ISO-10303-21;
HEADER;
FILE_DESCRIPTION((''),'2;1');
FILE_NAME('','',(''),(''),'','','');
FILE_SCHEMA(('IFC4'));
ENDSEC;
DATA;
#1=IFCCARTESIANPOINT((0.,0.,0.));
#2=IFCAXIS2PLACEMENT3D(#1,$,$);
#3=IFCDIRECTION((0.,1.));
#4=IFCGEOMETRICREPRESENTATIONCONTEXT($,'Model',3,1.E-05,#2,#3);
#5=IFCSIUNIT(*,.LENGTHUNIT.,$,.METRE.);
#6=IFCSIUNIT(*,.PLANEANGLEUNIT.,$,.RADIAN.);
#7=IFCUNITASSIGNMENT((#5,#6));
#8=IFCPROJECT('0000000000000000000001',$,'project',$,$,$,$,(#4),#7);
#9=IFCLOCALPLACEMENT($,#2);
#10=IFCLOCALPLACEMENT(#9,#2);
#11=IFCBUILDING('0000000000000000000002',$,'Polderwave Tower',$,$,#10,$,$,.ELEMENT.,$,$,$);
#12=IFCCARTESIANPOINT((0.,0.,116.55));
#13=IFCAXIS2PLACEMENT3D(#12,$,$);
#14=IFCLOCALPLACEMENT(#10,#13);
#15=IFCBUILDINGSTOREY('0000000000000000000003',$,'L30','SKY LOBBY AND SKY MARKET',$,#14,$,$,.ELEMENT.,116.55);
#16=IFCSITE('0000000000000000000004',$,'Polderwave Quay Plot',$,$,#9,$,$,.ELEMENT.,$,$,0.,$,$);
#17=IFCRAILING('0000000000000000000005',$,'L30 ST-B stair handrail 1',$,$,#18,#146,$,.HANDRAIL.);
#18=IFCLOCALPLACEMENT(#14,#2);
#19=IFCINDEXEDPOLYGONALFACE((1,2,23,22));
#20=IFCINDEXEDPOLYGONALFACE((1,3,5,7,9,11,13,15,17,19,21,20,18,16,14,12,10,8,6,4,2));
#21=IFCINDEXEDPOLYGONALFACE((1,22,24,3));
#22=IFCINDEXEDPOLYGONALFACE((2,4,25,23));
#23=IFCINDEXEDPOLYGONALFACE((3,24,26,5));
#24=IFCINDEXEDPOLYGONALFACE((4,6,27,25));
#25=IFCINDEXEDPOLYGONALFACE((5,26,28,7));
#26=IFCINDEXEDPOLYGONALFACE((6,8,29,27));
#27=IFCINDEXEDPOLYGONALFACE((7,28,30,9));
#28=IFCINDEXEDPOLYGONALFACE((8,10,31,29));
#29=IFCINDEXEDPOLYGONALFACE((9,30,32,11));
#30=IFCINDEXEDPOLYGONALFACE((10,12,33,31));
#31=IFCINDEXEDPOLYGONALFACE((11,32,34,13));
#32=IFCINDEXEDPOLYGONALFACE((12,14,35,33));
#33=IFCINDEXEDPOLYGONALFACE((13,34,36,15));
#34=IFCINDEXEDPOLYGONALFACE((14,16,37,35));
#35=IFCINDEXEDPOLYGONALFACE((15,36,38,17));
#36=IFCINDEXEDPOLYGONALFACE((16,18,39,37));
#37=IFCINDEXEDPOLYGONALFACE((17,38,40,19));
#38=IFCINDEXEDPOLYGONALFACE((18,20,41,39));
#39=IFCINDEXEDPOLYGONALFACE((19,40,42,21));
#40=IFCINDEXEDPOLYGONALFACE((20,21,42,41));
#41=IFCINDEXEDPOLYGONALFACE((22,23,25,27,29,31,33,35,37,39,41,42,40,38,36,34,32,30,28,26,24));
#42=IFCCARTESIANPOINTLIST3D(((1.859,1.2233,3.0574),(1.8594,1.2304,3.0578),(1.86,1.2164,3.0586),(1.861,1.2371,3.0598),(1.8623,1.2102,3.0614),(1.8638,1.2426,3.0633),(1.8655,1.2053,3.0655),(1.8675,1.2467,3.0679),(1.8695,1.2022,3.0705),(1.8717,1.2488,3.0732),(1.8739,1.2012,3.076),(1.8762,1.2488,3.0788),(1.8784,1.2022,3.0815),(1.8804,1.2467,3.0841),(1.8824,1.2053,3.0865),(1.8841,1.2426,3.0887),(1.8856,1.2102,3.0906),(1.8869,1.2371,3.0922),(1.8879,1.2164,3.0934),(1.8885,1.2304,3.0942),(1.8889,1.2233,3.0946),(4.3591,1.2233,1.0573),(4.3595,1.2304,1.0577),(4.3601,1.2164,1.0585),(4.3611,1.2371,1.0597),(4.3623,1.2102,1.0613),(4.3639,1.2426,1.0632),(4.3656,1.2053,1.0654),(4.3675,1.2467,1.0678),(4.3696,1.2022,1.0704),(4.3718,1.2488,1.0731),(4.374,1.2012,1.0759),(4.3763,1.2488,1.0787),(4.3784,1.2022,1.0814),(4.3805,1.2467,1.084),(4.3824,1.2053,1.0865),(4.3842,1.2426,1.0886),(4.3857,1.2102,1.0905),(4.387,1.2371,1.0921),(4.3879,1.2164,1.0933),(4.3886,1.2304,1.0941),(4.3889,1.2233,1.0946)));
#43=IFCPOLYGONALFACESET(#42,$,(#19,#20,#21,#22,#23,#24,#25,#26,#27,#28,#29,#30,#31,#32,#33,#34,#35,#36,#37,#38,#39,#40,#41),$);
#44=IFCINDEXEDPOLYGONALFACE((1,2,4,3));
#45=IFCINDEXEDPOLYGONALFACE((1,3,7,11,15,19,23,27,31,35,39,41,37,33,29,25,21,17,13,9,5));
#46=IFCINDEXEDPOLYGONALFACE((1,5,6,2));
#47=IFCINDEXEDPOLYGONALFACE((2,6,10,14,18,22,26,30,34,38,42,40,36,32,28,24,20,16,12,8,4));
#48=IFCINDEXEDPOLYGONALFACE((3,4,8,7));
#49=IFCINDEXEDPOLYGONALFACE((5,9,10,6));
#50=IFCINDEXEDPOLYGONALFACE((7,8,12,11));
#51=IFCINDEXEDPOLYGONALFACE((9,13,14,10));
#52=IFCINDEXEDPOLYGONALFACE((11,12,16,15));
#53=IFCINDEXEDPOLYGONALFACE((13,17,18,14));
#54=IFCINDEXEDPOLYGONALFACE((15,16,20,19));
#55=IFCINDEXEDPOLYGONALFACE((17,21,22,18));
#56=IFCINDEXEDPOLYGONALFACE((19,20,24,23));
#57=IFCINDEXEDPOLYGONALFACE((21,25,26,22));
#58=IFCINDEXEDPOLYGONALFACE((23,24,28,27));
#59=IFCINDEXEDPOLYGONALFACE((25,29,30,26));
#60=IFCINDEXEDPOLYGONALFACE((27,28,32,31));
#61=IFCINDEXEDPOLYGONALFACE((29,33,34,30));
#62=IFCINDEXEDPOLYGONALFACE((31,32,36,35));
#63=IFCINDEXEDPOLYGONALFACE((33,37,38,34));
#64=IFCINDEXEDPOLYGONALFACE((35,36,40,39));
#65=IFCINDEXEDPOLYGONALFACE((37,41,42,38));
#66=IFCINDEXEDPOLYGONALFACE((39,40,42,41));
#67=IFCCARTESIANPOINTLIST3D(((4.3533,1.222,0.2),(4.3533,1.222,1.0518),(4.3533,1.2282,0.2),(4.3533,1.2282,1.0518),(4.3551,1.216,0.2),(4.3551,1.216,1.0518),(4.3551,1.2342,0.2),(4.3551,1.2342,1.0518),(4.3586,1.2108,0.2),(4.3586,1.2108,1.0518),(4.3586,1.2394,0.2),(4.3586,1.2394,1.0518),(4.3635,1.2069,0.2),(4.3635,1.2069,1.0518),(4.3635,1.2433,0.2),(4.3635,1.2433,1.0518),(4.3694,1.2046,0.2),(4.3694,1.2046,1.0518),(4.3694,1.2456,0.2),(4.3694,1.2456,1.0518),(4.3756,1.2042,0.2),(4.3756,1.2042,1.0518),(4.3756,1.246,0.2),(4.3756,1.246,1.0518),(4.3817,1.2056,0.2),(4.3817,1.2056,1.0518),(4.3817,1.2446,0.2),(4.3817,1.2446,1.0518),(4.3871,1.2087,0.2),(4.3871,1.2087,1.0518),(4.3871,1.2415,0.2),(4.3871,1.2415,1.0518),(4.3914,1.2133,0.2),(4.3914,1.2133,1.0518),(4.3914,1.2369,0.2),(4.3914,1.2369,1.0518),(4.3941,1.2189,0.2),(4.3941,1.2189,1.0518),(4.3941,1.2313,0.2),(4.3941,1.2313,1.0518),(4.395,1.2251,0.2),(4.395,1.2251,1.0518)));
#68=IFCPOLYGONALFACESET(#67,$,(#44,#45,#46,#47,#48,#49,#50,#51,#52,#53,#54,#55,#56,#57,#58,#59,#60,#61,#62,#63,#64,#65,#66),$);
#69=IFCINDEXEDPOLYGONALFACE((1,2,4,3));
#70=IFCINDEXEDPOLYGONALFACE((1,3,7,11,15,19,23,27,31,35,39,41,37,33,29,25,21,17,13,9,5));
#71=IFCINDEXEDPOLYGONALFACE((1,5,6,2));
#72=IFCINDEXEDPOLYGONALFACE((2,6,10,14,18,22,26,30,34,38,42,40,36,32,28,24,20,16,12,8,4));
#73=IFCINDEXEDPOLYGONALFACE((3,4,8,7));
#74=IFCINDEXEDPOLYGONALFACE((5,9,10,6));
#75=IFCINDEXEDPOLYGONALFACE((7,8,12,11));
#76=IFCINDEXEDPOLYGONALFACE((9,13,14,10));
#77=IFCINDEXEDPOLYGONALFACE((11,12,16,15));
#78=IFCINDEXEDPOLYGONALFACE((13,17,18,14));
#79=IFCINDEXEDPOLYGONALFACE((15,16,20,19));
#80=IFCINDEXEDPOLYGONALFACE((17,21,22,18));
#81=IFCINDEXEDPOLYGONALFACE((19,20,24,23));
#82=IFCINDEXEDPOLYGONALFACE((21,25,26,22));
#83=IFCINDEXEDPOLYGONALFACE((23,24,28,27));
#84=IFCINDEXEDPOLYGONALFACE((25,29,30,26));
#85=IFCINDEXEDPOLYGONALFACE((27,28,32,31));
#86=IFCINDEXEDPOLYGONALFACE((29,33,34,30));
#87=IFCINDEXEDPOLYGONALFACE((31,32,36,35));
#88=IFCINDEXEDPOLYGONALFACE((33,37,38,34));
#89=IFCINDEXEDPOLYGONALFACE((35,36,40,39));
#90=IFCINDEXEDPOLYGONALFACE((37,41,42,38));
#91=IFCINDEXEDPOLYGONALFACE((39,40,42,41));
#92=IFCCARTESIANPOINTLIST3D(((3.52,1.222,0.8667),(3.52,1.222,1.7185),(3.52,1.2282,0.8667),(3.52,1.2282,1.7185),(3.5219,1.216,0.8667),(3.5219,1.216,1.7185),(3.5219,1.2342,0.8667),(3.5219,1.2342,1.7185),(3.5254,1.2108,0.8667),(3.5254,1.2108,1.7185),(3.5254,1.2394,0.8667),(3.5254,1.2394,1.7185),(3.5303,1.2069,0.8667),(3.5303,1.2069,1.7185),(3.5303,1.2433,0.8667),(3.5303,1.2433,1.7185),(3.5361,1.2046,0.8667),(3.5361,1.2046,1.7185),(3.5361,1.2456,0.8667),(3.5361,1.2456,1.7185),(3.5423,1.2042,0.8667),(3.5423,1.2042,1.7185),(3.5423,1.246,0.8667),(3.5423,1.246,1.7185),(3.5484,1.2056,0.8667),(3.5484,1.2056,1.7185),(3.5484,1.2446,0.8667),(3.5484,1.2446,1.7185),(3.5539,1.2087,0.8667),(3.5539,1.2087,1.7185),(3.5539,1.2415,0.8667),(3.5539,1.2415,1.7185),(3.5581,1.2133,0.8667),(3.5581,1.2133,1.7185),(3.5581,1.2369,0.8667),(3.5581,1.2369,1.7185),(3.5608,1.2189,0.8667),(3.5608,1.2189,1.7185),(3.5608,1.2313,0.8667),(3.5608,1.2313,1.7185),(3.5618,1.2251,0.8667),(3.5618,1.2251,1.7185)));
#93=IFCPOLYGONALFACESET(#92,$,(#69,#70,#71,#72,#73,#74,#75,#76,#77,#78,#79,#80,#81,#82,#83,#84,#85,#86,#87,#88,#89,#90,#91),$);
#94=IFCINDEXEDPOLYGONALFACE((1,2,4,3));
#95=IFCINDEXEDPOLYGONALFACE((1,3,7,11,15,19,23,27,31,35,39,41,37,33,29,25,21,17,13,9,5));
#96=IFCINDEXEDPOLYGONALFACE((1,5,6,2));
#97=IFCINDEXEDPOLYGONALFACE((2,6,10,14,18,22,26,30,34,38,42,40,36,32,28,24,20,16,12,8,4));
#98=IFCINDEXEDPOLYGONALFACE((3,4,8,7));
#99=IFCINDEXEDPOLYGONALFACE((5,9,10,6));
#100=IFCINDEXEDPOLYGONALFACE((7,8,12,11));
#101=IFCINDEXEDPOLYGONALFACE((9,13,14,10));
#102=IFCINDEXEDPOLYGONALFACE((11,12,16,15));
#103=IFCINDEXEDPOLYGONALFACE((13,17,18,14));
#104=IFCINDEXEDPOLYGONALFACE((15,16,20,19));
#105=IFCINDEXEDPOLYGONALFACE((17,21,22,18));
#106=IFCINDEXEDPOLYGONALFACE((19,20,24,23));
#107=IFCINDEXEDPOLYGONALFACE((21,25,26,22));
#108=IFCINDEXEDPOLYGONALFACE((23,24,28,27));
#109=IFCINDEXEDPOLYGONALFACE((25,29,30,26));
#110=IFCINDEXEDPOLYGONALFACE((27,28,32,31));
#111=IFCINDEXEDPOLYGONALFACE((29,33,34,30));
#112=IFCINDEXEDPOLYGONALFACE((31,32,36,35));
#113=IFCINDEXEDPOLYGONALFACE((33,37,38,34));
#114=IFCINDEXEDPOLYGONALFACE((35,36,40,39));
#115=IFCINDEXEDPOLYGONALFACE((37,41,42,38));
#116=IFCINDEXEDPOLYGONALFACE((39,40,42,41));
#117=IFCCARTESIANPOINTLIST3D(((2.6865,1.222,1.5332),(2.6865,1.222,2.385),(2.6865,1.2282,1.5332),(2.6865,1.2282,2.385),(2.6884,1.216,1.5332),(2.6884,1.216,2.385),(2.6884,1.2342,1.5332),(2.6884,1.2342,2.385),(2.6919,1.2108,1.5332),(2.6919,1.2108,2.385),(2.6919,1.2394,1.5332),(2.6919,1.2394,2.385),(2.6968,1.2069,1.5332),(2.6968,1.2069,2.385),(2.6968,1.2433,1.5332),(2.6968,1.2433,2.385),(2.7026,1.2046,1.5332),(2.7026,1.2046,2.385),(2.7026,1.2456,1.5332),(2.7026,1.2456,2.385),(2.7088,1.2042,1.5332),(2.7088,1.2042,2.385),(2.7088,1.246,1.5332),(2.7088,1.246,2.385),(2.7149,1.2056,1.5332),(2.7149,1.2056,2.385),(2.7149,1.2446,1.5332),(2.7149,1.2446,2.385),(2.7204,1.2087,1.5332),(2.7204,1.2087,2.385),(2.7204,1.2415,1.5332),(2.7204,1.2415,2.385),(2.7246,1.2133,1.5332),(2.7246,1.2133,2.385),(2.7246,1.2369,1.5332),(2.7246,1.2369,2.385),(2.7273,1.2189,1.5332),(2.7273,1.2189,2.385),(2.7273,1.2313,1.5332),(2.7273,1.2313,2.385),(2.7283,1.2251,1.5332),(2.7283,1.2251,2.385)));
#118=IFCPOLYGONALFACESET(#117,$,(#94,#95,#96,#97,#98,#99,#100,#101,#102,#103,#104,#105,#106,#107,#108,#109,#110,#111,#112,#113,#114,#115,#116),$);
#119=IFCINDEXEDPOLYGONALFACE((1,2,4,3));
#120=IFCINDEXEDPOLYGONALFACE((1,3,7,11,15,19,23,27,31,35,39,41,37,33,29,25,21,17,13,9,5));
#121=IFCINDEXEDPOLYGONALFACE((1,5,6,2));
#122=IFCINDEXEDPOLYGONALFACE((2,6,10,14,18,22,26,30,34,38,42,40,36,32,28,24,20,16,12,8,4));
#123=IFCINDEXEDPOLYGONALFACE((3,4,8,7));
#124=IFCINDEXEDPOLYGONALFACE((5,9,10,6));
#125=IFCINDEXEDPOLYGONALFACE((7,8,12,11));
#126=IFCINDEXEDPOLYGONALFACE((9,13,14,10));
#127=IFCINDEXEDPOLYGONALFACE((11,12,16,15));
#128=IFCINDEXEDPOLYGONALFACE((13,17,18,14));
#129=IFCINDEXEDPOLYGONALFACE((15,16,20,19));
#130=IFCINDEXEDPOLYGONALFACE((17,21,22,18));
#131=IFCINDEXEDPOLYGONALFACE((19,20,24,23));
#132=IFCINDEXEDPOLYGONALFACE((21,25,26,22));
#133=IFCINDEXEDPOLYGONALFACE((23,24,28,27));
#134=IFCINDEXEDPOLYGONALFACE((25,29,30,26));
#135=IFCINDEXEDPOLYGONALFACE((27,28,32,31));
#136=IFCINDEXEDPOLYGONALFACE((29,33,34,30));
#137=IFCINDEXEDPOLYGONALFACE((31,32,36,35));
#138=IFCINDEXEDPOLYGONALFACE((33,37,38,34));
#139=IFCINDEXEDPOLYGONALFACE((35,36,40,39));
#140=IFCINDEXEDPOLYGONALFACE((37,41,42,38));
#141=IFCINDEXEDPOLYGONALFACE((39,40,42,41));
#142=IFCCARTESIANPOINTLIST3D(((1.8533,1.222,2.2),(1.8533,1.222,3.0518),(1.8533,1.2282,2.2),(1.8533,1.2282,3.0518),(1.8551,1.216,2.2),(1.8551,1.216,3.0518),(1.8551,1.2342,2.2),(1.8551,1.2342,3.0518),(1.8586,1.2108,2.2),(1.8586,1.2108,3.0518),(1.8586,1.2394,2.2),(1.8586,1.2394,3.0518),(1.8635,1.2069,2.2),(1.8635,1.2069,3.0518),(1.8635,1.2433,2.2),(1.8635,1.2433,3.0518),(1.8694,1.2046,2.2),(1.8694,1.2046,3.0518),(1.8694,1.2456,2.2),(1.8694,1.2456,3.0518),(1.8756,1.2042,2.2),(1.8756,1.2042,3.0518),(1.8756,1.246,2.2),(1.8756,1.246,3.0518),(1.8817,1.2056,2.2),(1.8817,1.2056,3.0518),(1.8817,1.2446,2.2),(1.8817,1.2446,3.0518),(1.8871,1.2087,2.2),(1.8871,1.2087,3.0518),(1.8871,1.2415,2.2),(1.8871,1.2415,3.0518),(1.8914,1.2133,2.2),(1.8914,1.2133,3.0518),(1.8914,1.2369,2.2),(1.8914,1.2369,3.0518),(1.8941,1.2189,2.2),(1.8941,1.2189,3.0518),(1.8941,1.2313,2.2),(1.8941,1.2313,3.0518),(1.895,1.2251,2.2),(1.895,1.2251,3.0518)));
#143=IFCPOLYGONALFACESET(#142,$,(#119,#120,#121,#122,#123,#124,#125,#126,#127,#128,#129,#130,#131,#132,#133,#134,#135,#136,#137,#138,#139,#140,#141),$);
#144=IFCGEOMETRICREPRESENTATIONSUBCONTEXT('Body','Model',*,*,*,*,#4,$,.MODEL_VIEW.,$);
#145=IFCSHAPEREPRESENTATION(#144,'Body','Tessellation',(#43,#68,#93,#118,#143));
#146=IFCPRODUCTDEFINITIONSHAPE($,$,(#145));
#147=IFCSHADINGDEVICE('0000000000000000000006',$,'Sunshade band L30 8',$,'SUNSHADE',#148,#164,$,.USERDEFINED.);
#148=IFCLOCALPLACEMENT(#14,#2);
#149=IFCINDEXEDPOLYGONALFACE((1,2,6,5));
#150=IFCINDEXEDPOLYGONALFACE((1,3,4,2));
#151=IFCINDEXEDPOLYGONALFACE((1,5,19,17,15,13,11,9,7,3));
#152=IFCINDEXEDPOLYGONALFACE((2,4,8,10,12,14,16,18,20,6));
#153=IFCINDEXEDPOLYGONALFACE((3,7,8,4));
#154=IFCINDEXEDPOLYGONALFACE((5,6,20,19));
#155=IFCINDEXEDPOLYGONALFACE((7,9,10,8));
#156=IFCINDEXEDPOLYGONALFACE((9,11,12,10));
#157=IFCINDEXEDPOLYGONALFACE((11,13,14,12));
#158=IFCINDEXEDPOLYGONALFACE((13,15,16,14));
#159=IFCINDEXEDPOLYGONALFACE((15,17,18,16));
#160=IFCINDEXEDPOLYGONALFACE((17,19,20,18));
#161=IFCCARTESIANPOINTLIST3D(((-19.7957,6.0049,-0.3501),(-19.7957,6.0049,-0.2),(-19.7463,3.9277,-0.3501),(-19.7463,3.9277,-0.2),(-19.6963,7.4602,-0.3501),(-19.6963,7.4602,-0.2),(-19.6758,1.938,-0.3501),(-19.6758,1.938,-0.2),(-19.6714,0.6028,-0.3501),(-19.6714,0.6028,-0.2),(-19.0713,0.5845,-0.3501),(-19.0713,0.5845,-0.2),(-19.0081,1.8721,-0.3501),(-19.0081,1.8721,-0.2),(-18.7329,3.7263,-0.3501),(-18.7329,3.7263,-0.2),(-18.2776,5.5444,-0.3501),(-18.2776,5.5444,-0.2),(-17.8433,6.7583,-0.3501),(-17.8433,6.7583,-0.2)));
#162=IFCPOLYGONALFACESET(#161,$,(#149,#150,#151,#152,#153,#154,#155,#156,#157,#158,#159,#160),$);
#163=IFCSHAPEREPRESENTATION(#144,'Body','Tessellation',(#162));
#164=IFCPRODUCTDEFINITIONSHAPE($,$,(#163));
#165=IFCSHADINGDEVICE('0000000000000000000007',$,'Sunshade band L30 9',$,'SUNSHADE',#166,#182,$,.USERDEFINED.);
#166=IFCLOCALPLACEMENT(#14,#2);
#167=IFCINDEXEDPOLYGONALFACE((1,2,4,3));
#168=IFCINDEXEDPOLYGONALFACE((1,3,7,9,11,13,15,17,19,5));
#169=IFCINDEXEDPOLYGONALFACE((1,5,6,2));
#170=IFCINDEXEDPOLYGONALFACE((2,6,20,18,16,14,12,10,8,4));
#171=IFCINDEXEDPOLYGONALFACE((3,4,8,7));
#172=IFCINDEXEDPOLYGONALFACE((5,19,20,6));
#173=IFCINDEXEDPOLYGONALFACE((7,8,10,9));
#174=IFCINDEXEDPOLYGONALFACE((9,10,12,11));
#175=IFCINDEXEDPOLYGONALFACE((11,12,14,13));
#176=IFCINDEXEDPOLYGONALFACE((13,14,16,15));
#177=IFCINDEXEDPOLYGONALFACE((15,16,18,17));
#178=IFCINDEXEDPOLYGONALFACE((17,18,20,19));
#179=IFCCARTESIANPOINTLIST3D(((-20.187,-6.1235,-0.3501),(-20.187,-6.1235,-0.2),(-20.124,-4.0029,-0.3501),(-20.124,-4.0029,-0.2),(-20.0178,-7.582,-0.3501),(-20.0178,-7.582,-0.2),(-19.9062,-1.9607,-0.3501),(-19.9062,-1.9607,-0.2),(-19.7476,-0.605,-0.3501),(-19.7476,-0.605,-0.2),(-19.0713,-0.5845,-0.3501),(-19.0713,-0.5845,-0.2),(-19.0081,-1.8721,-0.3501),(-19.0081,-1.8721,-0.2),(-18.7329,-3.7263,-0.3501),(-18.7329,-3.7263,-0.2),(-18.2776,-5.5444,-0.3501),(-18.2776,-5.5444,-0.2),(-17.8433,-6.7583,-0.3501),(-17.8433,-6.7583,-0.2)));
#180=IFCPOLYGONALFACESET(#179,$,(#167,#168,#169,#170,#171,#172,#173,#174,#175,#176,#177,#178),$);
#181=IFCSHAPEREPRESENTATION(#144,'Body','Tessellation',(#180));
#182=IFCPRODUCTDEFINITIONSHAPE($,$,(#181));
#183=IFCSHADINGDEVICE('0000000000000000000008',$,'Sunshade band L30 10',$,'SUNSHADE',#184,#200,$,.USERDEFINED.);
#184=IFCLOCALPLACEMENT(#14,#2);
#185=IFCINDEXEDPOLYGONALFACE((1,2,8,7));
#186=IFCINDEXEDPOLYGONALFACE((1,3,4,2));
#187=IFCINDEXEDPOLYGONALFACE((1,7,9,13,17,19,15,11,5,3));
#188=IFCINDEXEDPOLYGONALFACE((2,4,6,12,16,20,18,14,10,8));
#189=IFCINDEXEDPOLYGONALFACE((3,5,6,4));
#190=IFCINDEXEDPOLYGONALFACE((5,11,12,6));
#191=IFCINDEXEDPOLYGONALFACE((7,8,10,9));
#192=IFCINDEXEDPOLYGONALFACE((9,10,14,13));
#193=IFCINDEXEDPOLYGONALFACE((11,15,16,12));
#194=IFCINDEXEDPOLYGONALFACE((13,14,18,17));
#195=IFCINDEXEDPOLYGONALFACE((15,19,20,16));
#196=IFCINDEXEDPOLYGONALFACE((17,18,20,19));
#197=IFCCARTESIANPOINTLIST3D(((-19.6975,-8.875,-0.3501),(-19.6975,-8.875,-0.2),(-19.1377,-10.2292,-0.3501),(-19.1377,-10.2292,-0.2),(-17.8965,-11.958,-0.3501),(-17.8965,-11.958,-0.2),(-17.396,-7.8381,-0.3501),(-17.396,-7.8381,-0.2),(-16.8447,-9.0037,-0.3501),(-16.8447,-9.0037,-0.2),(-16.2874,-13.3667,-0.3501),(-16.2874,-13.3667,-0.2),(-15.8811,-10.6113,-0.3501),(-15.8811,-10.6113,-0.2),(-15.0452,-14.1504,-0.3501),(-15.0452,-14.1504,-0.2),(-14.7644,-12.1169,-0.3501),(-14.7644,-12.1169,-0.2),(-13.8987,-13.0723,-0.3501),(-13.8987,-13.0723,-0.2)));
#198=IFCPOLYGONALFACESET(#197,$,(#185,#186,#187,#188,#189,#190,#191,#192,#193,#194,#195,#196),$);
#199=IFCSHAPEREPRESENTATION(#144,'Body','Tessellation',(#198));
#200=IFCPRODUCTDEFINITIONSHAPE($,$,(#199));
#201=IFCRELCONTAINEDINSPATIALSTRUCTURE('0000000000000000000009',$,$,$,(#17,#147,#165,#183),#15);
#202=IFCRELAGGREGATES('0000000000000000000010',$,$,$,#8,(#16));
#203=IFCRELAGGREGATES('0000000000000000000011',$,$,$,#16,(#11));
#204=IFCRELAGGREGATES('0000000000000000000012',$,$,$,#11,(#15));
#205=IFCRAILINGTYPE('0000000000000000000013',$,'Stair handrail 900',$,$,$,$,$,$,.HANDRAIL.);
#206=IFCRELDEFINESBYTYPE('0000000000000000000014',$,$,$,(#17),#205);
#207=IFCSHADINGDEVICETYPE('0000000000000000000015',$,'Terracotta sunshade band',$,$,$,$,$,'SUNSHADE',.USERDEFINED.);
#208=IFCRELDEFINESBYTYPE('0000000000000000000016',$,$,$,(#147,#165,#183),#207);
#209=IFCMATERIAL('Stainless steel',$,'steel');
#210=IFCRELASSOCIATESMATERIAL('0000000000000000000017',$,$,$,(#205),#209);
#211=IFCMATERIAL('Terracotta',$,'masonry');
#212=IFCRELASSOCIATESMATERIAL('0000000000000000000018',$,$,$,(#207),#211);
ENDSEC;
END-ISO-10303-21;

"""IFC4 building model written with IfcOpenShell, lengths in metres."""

from ifc_helpers import new_model, si_unit, direction, frame, origin, origin_2d, place, context, subcontext, project, spatial, polyline, circle, outline, extrude, material, type_object, element, save


model = new_model("IFC4")

# Units and contexts
model_context = context("Model", 3, precision=1e-05, world=origin(), true_north=direction((0.0, 1.0)))
body_context = subcontext(model_context, "Body", "Model", "MODEL_VIEW")
ifc_project = project(units=[si_unit("LENGTHUNIT", "METRE"), si_unit("PLANEANGLEUNIT", "RADIAN")], contexts=[model_context])

# Site, building, storey
site_placement = place(None, origin())
site = spatial("IfcSite", under=ifc_project, at=site_placement, Name="Polderwave Quay Plot", CompositionType="ELEMENT", RefElevation=0.0)
building_placement = place(site_placement, origin())
building = spatial("IfcBuilding", under=site, at=building_placement, Name="Polderwave Tower", CompositionType="ELEMENT")
storey_placement = place(building_placement, frame((0.0, 0.0, 116.55)))
storey = spatial("IfcBuildingStorey", under=building, at=storey_placement, Name="L30", Description="SKY LOBBY AND SKY MARKET", CompositionType="ELEMENT", Elevation=116.55)

# Shared definitions
ifc_material_1 = material(Name="Stainless steel", Category="steel")

# Railing
railing_type_1 = type_object("IfcRailingType", Name="Stair handrail 900", PredefinedType="HANDRAIL", material=ifc_material_1)
railing_1_placement = place(storey_placement, frame((4.374, 1.2251, 0.2)))
element("IfcRailing", 1, at=railing_1_placement, inside=storey, type_object=railing_type_1, Name="L30 ST-B stair handrail 1", PredefinedType="HANDRAIL", context=body_context, shape_type="SweptSolid", body=[
    extrude(circle(Radius=0.0239, at=origin_2d()), frame((0.0, 0.0, 0.876), z_axis=(-0.780869, 0.0, 0.624695), x_axis=(0.0, -1.0, 0.0)), (0.0, 0.0, 1.0), 3.2017),
    extrude(circle(Radius=0.021, at=origin_2d()), origin(), (0.0, 0.0, 1.0), 0.8518),
    extrude(circle(Radius=0.021, at=origin_2d()), frame((-0.8333, 0.0, 0.6667)), (0.0, 0.0, 1.0), 0.8518),
    extrude(circle(Radius=0.021, at=origin_2d()), frame((-1.6667, 0.0, 1.3333)), (0.0, 0.0, 1.0), 0.8518),
    extrude(circle(Radius=0.021, at=origin_2d()), frame((-2.5, 0.0, 2.0)), (0.0, 0.0, 1.0), 0.8518),
])

# Shading devices
ifc_material_2 = material(Name="Terracotta", Category="masonry")
shading_device_type = type_object("IfcShadingDeviceType", Name="Terracotta sunshade band", ElementType="SUNSHADE", PredefinedType="USERDEFINED", material=ifc_material_2)
shading_device_1_placement = place(storey_placement, frame((0.0, 0.0, -0.3501)))
element("IfcShadingDevice", 2, at=shading_device_1_placement, inside=storey, type_object=shading_device_type, Name="Sunshade band L30 8", ObjectType="SUNSHADE", PredefinedType="USERDEFINED", context=body_context, shape_type="SweptSolid", body=[
    extrude(outline(polyline([(-17.8433, 6.7583), (-18.2776, 5.5444), (-18.7329, 3.7263), (-19.0081, 1.8721), (-19.0713, 0.5845), (-19.6714, 0.6028), (-19.6758, 1.938), (-19.7463, 3.9277), (-19.7957, 6.0049), (-19.6963, 7.4602), (-17.8433, 6.7583)])), origin(), (0.0, 0.0, 1.0), 0.1501),
])
shading_device_2_placement = place(storey_placement, frame((0.0, 0.0, -0.3501)))
element("IfcShadingDevice", 3, at=shading_device_2_placement, inside=storey, type_object=shading_device_type, Name="Sunshade band L30 9", ObjectType="SUNSHADE", PredefinedType="USERDEFINED", context=body_context, shape_type="SweptSolid", body=[
    extrude(outline(polyline([(-19.0713, -0.5845), (-19.0081, -1.8721), (-18.7329, -3.7263), (-18.2776, -5.5444), (-17.8433, -6.7583), (-20.0178, -7.582), (-20.187, -6.1235), (-20.124, -4.0029), (-19.9062, -1.9607), (-19.7476, -0.605), (-19.0713, -0.5845)])), origin(), (0.0, 0.0, 1.0), 0.1501),
])
shading_device_3_placement = place(storey_placement, frame((0.0, 0.0, -0.3501)))
element("IfcShadingDevice", 4, at=shading_device_3_placement, inside=storey, type_object=shading_device_type, Name="Sunshade band L30 10", ObjectType="SUNSHADE", PredefinedType="USERDEFINED", context=body_context, shape_type="SweptSolid", body=[
    extrude(outline(polyline([(-17.396, -7.8381), (-16.8447, -9.0037), (-15.8811, -10.6113), (-14.7644, -12.1169), (-13.8987, -13.0723), (-15.0452, -14.1504), (-16.2874, -13.3667), (-17.8965, -11.958), (-19.1377, -10.2292), (-19.6975, -8.875), (-17.396, -7.8381)])), origin(), (0.0, 0.0, 1.0), 0.1501),
])

save(model, "model.ifc")
